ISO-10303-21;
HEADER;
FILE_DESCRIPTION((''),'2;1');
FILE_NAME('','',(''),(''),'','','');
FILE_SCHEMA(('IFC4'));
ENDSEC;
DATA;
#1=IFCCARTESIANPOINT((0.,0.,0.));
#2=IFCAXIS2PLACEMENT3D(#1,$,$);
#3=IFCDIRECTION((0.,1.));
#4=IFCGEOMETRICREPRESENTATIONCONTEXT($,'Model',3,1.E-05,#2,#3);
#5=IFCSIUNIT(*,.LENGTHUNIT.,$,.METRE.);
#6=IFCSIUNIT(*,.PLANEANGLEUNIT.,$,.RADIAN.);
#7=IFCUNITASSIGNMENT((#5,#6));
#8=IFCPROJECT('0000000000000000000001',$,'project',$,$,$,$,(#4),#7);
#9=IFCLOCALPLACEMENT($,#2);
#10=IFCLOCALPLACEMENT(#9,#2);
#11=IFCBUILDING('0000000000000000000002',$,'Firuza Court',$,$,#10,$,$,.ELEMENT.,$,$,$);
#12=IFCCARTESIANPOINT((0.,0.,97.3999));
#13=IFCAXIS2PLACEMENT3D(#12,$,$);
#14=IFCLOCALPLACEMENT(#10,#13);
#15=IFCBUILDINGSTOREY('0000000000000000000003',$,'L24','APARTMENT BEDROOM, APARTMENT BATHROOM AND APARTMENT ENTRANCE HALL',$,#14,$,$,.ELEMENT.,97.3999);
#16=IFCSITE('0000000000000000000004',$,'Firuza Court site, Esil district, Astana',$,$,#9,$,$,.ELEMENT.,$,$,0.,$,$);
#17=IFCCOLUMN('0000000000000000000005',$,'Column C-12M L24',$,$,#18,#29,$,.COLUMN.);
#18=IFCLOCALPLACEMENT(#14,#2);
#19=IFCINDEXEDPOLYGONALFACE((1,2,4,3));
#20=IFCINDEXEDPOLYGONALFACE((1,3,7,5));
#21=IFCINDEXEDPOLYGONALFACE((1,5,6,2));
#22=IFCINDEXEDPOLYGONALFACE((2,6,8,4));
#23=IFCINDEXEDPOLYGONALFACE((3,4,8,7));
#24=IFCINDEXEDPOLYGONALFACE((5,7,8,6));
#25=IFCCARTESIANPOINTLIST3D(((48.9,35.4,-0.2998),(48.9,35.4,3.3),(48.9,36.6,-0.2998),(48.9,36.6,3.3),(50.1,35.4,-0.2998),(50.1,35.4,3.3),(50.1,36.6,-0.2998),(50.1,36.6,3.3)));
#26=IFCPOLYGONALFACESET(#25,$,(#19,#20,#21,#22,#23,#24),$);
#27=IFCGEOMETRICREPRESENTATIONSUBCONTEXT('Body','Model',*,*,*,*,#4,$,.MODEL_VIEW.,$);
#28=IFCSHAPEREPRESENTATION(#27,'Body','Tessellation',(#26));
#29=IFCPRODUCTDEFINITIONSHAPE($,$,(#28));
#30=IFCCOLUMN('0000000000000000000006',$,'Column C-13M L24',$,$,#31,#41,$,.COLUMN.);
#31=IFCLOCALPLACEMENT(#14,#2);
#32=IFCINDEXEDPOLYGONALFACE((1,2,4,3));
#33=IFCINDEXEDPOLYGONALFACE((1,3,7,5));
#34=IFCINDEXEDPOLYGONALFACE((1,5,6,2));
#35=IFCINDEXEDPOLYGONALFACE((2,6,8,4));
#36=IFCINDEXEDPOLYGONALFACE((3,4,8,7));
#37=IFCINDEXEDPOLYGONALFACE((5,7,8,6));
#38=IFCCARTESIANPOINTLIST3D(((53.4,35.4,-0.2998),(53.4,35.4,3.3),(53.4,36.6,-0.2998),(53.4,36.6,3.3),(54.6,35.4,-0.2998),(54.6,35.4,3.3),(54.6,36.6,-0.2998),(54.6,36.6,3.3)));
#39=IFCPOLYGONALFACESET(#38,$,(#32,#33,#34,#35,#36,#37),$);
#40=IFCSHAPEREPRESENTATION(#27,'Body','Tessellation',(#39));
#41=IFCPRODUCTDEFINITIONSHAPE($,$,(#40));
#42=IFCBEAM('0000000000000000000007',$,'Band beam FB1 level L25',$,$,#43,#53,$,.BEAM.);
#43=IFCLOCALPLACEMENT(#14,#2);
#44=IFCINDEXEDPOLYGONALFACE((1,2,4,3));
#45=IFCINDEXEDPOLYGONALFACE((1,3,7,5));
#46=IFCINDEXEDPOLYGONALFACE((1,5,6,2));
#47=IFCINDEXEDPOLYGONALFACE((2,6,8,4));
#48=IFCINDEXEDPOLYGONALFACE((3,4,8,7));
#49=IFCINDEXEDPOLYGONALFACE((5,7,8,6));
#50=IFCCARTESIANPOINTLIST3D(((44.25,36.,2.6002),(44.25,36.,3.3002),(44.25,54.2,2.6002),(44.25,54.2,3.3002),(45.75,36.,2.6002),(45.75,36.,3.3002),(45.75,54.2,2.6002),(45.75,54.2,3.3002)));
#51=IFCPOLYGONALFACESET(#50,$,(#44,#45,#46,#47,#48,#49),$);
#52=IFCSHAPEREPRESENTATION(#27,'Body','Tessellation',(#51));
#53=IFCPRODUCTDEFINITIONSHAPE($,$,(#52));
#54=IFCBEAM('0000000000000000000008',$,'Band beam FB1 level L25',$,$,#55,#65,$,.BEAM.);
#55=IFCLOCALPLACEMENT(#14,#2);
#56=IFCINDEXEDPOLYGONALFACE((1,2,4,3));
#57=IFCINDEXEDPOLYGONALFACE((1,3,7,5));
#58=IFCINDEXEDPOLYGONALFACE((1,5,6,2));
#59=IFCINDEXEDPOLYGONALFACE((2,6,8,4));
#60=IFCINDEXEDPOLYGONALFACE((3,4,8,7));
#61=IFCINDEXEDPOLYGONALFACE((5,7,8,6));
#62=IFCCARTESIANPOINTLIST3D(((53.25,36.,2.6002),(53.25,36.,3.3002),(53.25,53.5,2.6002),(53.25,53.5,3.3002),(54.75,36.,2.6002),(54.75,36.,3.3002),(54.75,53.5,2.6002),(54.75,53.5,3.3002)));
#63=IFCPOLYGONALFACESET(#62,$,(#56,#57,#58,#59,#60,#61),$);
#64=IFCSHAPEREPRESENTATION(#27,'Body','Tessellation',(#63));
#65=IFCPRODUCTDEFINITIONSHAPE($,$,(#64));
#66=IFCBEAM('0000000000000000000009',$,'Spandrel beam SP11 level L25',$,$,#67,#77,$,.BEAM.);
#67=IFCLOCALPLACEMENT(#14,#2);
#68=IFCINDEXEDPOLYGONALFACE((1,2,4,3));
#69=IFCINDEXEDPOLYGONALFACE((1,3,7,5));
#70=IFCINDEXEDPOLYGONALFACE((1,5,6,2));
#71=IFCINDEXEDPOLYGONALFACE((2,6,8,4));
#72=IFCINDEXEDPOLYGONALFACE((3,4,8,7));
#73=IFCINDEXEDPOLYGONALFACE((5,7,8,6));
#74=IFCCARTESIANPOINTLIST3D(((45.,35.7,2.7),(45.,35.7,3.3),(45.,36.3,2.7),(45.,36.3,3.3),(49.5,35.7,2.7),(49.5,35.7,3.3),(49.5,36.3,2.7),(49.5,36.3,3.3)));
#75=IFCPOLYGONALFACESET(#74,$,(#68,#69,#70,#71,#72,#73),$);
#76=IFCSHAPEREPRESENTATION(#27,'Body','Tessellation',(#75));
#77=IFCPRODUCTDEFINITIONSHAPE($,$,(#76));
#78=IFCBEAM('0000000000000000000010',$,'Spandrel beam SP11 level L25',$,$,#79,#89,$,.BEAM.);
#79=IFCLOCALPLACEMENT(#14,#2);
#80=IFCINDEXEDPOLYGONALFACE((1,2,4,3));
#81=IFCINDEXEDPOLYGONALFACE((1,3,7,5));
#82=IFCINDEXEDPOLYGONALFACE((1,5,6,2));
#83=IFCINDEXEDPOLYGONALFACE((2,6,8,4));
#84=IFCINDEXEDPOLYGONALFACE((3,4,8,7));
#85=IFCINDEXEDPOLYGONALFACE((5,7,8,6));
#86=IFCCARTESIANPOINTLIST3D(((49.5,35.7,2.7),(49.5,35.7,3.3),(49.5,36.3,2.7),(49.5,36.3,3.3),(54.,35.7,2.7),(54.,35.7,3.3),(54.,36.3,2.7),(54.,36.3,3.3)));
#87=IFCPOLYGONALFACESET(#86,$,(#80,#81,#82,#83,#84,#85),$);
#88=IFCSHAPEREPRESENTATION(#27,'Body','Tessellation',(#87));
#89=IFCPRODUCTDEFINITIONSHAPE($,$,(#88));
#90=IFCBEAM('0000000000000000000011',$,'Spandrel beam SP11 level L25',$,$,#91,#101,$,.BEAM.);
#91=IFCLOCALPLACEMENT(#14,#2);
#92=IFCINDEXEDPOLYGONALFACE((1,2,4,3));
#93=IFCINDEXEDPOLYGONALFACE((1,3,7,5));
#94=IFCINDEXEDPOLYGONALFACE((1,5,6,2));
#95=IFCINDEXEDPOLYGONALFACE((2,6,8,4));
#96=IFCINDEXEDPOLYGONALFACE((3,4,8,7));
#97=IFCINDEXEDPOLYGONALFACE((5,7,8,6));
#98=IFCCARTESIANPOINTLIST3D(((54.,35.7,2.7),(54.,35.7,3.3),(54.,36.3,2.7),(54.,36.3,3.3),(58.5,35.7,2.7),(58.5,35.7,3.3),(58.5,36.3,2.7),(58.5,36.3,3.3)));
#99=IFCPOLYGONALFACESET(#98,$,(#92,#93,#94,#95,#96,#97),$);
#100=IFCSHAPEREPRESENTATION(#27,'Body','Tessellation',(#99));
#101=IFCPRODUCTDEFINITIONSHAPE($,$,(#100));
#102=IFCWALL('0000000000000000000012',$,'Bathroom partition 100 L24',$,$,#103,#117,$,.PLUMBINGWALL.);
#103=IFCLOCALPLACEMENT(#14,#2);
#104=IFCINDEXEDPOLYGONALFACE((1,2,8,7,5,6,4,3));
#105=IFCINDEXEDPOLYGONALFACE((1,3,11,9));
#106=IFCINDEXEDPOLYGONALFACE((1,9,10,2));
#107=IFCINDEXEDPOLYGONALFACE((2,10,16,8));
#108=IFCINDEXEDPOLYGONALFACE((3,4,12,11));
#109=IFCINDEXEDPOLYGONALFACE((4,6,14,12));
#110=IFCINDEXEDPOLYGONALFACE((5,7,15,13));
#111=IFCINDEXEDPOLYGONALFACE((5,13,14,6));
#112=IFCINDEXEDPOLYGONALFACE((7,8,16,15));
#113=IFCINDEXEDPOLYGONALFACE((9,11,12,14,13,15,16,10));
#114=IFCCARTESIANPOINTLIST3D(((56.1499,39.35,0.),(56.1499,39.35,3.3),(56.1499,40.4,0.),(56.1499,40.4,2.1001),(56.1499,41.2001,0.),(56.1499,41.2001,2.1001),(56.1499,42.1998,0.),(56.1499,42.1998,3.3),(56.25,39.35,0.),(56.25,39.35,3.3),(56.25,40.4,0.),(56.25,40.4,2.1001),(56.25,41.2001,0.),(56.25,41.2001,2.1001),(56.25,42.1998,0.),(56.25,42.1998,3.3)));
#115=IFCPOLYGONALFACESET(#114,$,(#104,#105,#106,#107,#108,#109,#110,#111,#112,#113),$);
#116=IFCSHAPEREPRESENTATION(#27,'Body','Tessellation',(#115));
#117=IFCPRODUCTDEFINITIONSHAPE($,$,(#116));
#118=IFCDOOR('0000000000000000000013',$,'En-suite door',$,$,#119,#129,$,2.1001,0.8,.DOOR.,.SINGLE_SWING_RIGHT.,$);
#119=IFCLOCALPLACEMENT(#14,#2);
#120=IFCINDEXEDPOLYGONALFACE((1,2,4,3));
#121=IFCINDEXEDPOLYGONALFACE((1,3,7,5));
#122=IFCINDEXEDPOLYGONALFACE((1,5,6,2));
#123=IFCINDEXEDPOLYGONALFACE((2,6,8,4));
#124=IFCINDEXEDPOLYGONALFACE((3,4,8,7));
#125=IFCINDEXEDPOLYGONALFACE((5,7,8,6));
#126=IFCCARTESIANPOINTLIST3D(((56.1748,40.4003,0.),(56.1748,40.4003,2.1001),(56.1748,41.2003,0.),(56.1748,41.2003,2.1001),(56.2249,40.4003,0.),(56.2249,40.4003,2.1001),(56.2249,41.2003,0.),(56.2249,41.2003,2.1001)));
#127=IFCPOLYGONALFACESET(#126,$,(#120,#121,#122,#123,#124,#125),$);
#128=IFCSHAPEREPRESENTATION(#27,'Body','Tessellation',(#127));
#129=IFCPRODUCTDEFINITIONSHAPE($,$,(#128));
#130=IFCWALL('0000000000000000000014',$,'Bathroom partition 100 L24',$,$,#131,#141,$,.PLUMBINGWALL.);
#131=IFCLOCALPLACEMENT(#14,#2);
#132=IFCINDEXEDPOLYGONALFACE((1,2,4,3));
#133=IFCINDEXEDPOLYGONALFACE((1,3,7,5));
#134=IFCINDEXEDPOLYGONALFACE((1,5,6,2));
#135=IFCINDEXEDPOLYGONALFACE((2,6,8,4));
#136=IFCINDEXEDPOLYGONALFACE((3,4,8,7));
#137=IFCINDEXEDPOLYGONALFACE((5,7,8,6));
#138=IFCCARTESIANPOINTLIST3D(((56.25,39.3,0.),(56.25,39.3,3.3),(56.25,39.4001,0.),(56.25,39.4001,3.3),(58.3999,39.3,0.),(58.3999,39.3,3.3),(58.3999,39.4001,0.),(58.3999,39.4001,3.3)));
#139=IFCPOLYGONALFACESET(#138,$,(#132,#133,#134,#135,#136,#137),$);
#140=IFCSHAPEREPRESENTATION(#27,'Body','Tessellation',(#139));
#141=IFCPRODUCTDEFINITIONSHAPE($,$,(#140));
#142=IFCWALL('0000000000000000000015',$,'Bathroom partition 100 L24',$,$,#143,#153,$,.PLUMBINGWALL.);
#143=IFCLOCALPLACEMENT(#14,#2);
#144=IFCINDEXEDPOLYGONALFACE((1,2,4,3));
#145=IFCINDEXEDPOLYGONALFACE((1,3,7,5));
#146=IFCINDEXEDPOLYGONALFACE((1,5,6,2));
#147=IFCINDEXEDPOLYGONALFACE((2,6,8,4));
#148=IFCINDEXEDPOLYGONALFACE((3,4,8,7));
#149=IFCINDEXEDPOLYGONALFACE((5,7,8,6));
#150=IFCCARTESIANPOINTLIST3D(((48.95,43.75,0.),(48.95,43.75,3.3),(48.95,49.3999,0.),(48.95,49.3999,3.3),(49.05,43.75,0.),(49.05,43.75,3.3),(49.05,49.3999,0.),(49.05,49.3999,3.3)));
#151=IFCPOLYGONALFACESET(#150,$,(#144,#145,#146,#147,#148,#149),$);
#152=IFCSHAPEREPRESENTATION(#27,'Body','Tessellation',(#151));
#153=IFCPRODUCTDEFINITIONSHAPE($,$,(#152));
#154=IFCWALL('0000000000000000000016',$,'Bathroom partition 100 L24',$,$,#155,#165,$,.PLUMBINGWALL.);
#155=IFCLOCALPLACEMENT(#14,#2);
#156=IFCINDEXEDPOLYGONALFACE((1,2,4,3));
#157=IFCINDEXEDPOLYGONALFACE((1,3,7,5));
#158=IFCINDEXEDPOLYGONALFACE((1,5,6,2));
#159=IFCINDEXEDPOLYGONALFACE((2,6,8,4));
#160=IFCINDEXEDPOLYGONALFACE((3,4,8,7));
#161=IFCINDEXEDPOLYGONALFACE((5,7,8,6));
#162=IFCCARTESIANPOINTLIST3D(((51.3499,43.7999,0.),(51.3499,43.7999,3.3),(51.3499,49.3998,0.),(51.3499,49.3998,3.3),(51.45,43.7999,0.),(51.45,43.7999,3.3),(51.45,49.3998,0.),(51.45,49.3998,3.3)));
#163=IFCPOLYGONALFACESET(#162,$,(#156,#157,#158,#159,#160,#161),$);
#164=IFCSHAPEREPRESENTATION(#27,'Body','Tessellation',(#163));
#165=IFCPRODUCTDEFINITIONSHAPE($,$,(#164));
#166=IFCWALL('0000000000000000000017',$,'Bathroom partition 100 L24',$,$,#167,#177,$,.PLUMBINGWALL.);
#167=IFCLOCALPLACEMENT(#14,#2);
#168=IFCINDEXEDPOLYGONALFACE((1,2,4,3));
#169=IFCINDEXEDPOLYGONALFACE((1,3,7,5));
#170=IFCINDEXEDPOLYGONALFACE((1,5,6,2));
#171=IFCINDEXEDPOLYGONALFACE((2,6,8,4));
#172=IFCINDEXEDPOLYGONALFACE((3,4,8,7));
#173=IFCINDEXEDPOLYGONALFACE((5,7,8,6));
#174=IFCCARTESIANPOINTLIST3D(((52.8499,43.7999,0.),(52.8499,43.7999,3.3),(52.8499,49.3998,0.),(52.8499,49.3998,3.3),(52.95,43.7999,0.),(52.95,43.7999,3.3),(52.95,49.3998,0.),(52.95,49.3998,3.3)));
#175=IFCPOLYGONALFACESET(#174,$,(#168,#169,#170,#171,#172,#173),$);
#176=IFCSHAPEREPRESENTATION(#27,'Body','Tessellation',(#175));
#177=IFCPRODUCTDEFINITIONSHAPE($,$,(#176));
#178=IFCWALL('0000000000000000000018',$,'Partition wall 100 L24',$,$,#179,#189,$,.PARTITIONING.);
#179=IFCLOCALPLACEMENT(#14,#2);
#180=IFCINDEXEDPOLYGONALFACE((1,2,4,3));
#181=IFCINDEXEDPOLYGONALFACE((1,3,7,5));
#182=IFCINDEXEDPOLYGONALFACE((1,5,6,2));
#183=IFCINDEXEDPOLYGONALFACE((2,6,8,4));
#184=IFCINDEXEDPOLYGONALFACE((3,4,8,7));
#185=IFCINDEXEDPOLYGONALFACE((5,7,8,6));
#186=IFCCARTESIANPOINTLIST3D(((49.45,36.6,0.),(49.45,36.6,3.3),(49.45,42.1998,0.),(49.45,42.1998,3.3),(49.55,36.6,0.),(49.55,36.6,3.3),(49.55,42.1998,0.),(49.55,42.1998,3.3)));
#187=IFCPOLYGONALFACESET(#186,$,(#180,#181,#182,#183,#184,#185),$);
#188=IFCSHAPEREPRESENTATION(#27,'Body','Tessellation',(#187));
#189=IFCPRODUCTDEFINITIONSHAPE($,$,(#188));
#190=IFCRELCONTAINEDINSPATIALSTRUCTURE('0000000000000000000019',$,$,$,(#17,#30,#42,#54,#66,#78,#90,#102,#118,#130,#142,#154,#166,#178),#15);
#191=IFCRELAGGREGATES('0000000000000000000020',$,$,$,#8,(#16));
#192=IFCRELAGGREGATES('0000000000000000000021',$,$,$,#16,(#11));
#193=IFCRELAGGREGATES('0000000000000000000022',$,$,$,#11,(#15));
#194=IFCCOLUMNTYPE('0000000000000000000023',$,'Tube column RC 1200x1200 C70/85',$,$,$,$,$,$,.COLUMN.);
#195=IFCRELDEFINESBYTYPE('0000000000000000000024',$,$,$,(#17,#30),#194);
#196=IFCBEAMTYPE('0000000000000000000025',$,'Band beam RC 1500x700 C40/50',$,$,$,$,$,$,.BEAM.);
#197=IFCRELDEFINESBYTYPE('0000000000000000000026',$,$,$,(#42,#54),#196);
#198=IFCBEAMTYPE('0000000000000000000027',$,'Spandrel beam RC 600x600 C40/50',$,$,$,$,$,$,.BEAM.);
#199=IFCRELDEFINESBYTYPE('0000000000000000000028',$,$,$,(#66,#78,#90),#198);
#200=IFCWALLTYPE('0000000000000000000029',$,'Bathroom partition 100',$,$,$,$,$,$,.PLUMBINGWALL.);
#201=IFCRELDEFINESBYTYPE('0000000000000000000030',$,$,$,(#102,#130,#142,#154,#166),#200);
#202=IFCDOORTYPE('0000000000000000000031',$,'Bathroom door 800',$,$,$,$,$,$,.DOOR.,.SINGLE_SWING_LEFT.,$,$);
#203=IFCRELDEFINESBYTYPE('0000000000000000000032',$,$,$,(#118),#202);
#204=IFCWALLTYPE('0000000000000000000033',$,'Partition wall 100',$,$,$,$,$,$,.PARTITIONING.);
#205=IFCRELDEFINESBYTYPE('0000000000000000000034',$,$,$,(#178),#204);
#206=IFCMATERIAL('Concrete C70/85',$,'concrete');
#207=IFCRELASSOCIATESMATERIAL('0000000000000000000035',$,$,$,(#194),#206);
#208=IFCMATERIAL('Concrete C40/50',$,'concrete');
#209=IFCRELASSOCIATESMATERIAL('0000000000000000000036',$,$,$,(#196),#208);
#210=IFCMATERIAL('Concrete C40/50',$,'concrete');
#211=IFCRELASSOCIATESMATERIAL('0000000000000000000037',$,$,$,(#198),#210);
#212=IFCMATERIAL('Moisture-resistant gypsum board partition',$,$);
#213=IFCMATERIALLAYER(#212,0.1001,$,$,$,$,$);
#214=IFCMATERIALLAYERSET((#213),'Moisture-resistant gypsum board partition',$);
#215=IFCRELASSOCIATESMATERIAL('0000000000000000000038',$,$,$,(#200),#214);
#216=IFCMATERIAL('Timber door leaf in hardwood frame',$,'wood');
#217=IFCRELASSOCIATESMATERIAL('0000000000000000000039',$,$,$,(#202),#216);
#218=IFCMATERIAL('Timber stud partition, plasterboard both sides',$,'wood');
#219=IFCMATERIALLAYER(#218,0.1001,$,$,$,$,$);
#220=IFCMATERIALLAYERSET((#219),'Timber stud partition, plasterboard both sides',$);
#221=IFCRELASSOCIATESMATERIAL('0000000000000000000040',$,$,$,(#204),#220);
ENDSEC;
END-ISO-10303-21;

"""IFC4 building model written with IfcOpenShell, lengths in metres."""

from ifc_helpers import new_model, si_unit, direction, frame, frame_2d, origin, origin_2d, place, context, subcontext, project, spatial, rectangle, extrude, material, layer, layer_set, material_profile, profile_set, type_object, element, fill, save


model = new_model("IFC4")

# Units and contexts
model_context = context("Model", 3, precision=1e-05, world=origin(), true_north=direction((0.0, 1.0)))
body_context = subcontext(model_context, "Body", "Model", "MODEL_VIEW")
ifc_project = project(units=[si_unit("LENGTHUNIT", "METRE"), si_unit("PLANEANGLEUNIT", "RADIAN")], contexts=[model_context])

# Site, building, storey
site_placement = place(None, origin())
site = spatial("IfcSite", under=ifc_project, at=site_placement, Name="Firuza Court site, Esil district, Astana", CompositionType="ELEMENT", RefElevation=0.0)
building_placement = place(site_placement, origin())
building = spatial("IfcBuilding", under=site, at=building_placement, Name="Firuza Court", CompositionType="ELEMENT")
storey_placement = place(building_placement, frame((0.0, 0.0, 97.3999)))
storey = spatial("IfcBuildingStorey", under=building, at=storey_placement, Name="L24", Description="APARTMENT BEDROOM, APARTMENT BATHROOM AND APARTMENT ENTRANCE HALL", CompositionType="ELEMENT", Elevation=97.3999)

# Columns
ifc_material_1 = material(Name="Concrete C70/85", Category="concrete")
ifc_material_profile_1 = material_profile(ifc_material_1, rectangle(XDim=1.2, YDim=1.2, at=origin_2d()), Name="RC 1200x1200")
ifc_profile_set_1 = profile_set([ifc_material_profile_1], Name="Concrete C70/85")
column_type = type_object("IfcColumnType", Name="Tube column RC 1200x1200 C70/85", PredefinedType="COLUMN", material=ifc_profile_set_1)
for number, where, z_axis, x_axis, name in (
    (1, (49.5, 36.0, -0.2998), (0.0, 0.0, 1.0), (1.0, 0.0, 0.0), "Column C-12M L24"),
    (2, (54.0, 36.0, -0.2998), (0.0, 0.0, 1.0), (1.0, 0.0, 0.0), "Column C-13M L24"),
):
    element("IfcColumn", number, at=place(storey_placement, frame(where, z_axis=z_axis, x_axis=x_axis)), inside=storey, type_object=column_type, Name=name, PredefinedType="COLUMN", context=body_context, shape_type="SweptSolid", body=[
        extrude(rectangle(XDim=1.2, YDim=1.2, at=origin_2d()), origin(), (0.0, 0.0, 1.0), 3.5999),
    ])

# Beams
ifc_material_2 = material(Name="Concrete C40/50", Category="concrete")
ifc_material_profile_2 = material_profile(ifc_material_2, rectangle(XDim=1.5, YDim=0.7, at=origin_2d()), Name="RC 1500x700")
ifc_profile_set_2 = profile_set([ifc_material_profile_2], Name="Concrete C40/50")
beam_type_1 = type_object("IfcBeamType", Name="Band beam RC 1500x700 C40/50", PredefinedType="BEAM", material=ifc_profile_set_2)
beam_1_placement = place(storey_placement, frame((45.0, 36.0, 2.9502), z_axis=(0.0, 1.0, 0.0), x_axis=(-1.0, 0.0, 0.0)))
element("IfcBeam", 3, at=beam_1_placement, inside=storey, type_object=beam_type_1, Name="Band beam FB1 level L25", PredefinedType="BEAM", context=body_context, shape_type="SweptSolid", body=[
    extrude(rectangle(XDim=1.5, YDim=0.7, at=origin_2d()), origin(), (0.0, 0.0, 1.0), 18.2),
])
beam_2_placement = place(storey_placement, frame((54.0, 36.0, 2.9502), z_axis=(0.0, 1.0, 0.0), x_axis=(-1.0, 0.0, 0.0)))
element("IfcBeam", 4, at=beam_2_placement, inside=storey, type_object=beam_type_1, Name="Band beam FB1 level L25", PredefinedType="BEAM", context=body_context, shape_type="SweptSolid", body=[
    extrude(rectangle(XDim=1.5, YDim=0.7, at=origin_2d()), origin(), (0.0, 0.0, 1.0), 17.5),
])
ifc_material_3 = material(Name="Concrete C40/50", Category="concrete")
ifc_material_profile_3 = material_profile(ifc_material_3, rectangle(XDim=0.6001, YDim=0.6001, at=origin_2d()), Name="RC 600x600")
ifc_profile_set_3 = profile_set([ifc_material_profile_3], Name="Concrete C40/50")
beam_type_2 = type_object("IfcBeamType", Name="Spandrel beam RC 600x600 C40/50", PredefinedType="BEAM", material=ifc_profile_set_3)
for number, where, z_axis, x_axis, name in (
    (5, (45.0, 36.0, 3.0), (1.0, 0.0, 0.0), (0.0, 1.0, 0.0), "Spandrel beam SP11 level L25"),
    (6, (49.5, 36.0, 3.0), (1.0, 0.0, 0.0), (0.0, 1.0, 0.0), "Spandrel beam SP11 level L25"),
    (7, (54.0, 36.0, 3.0), (1.0, 0.0, 0.0), (0.0, 1.0, 0.0), "Spandrel beam SP11 level L25"),
):
    element("IfcBeam", number, at=place(storey_placement, frame(where, z_axis=z_axis, x_axis=x_axis)), inside=storey, type_object=beam_type_2, Name=name, PredefinedType="BEAM", context=body_context, shape_type="SweptSolid", body=[
        extrude(rectangle(XDim=0.6001, YDim=0.6001, at=origin_2d()), origin(), (0.0, 0.0, 1.0), 4.5),
    ])

# Wall, opening, door
ifc_material_4 = material(Name="Moisture-resistant gypsum board partition")
ifc_layer_1 = layer(ifc_material_4, 0.1001)
ifc_layer_set_1 = layer_set([ifc_layer_1], Name="Moisture-resistant gypsum board partition")
wall_type_1 = type_object("IfcWallType", Name="Bathroom partition 100", PredefinedType="PLUMBINGWALL", material=ifc_layer_set_1)
wall_1_placement = place(storey_placement, frame((56.2, 39.3501, 0.0), z_axis=(0.0, 0.0, 1.0), x_axis=(0.0, 1.0, 0.0)))
wall_1 = element("IfcWall", 8, at=wall_1_placement, inside=storey, type_object=wall_type_1, Name="Bathroom partition 100 L24", PredefinedType="PLUMBINGWALL", context=body_context, shape_type="SweptSolid", body=[
    extrude(rectangle(XDim=2.8499, YDim=0.1001, at=frame_2d((1.4248, 0.0))), origin(), (0.0, 0.0, 1.0), 3.3),
])
opening_1_placement = place(wall_1_placement, frame((1.05, 0.0, 0.0)))
opening_1 = element("IfcOpeningElement", 9, at=opening_1_placement, cuts=wall_1, PredefinedType="OPENING", context=body_context, shape_type="SweptSolid", body=[
    extrude(rectangle(XDim=0.8, YDim=2.1001, at=frame_2d((0.3999, 1.05))), frame((0.0, 0.062, 0.0), z_axis=(0.0, -1.0, 0.0), x_axis=(1.0, 0.0, 0.0)), (0.0, 0.0, 1.0), 0.124),
])
ifc_material_5 = material(Name="Timber door leaf in hardwood frame", Category="wood")
door_type_1 = type_object("IfcDoorType", Name="Bathroom door 800", OperationType="SINGLE_SWING_LEFT", PredefinedType="DOOR", material=ifc_material_5)
door_1_placement = place(opening_1_placement, frame((0.8, 0.0, 0.0), z_axis=(0.0, 0.0, 1.0), x_axis=(-1.0, 0.0, 0.0)))
door_1 = element("IfcDoor", 10, at=door_1_placement, inside=storey, type_object=door_type_1, Name="En-suite door", OperationType="SINGLE_SWING_RIGHT", OverallHeight=2.1001, OverallWidth=0.8, PredefinedType="DOOR", context=body_context, shape_type="SweptSolid", body=[
    extrude(rectangle(XDim=0.8, YDim=2.1001, at=frame_2d((0.3999, 1.05))), frame((0.0, 0.0249, 0.0), z_axis=(0.0, -1.0, 0.0), x_axis=(1.0, 0.0, 0.0)), (0.0, 0.0, 1.0), 0.05),
])
fill(opening_1, door_1)

# Walls
wall_2_placement = place(storey_placement, frame((56.25, 39.3501, 0.0), z_axis=(0.0, 0.0, 1.0), x_axis=(1.0, 0.0, 0.0)))
element("IfcWall", 11, at=wall_2_placement, inside=storey, type_object=wall_type_1, Name="Bathroom partition 100 L24", PredefinedType="PLUMBINGWALL", context=body_context, shape_type="SweptSolid", body=[
    extrude(rectangle(XDim=2.1499, YDim=0.1001, at=frame_2d((1.075, 0.0))), origin(), (0.0, 0.0, 1.0), 3.3),
])
wall_3_placement = place(storey_placement, frame((49.0, 43.75, 0.0), z_axis=(0.0, 0.0, 1.0), x_axis=(0.0, 1.0, 0.0)))
element("IfcWall", 12, at=wall_3_placement, inside=storey, type_object=wall_type_1, Name="Bathroom partition 100 L24", PredefinedType="PLUMBINGWALL", context=body_context, shape_type="SweptSolid", body=[
    extrude(rectangle(XDim=5.6499, YDim=0.1001, at=frame_2d((2.825, 0.0))), origin(), (0.0, 0.0, 1.0), 3.3),
])
for number, where, z_axis, x_axis, name in (
    (13, (51.3999, 43.8, 0.0), (0.0, 0.0, 1.0), (0.0, 1.0, 0.0), "Bathroom partition 100 L24"),
    (14, (52.8999, 43.8, 0.0), (0.0, 0.0, 1.0), (0.0, 1.0, 0.0), "Bathroom partition 100 L24"),
):
    element("IfcWall", number, at=place(storey_placement, frame(where, z_axis=z_axis, x_axis=x_axis)), inside=storey, type_object=wall_type_1, Name=name, PredefinedType="PLUMBINGWALL", context=body_context, shape_type="SweptSolid", body=[
        extrude(rectangle(XDim=5.5999, YDim=0.1001, at=frame_2d((2.7998, 0.0))), origin(), (0.0, 0.0, 1.0), 3.3),
    ])
ifc_material_6 = material(Name="Timber stud partition, plasterboard both sides", Category="wood")
ifc_layer_2 = layer(ifc_material_6, 0.1001)
ifc_layer_set_2 = layer_set([ifc_layer_2], Name="Timber stud partition, plasterboard both sides")
wall_type_2 = type_object("IfcWallType", Name="Partition wall 100", PredefinedType="PARTITIONING", material=ifc_layer_set_2)
wall_4_placement = place(storey_placement, frame((49.5, 36.6001, 0.0), z_axis=(0.0, 0.0, 1.0), x_axis=(0.0, 1.0, 0.0)))
element("IfcWall", 15, at=wall_4_placement, inside=storey, type_object=wall_type_2, Name="Partition wall 100 L24", PredefinedType="PARTITIONING", context=body_context, shape_type="SweptSolid", body=[
    extrude(rectangle(XDim=5.5999, YDim=0.1001, at=frame_2d((2.7998, 0.0))), origin(), (0.0, 0.0, 1.0), 3.3),
])

save(model, "model.ifc")
